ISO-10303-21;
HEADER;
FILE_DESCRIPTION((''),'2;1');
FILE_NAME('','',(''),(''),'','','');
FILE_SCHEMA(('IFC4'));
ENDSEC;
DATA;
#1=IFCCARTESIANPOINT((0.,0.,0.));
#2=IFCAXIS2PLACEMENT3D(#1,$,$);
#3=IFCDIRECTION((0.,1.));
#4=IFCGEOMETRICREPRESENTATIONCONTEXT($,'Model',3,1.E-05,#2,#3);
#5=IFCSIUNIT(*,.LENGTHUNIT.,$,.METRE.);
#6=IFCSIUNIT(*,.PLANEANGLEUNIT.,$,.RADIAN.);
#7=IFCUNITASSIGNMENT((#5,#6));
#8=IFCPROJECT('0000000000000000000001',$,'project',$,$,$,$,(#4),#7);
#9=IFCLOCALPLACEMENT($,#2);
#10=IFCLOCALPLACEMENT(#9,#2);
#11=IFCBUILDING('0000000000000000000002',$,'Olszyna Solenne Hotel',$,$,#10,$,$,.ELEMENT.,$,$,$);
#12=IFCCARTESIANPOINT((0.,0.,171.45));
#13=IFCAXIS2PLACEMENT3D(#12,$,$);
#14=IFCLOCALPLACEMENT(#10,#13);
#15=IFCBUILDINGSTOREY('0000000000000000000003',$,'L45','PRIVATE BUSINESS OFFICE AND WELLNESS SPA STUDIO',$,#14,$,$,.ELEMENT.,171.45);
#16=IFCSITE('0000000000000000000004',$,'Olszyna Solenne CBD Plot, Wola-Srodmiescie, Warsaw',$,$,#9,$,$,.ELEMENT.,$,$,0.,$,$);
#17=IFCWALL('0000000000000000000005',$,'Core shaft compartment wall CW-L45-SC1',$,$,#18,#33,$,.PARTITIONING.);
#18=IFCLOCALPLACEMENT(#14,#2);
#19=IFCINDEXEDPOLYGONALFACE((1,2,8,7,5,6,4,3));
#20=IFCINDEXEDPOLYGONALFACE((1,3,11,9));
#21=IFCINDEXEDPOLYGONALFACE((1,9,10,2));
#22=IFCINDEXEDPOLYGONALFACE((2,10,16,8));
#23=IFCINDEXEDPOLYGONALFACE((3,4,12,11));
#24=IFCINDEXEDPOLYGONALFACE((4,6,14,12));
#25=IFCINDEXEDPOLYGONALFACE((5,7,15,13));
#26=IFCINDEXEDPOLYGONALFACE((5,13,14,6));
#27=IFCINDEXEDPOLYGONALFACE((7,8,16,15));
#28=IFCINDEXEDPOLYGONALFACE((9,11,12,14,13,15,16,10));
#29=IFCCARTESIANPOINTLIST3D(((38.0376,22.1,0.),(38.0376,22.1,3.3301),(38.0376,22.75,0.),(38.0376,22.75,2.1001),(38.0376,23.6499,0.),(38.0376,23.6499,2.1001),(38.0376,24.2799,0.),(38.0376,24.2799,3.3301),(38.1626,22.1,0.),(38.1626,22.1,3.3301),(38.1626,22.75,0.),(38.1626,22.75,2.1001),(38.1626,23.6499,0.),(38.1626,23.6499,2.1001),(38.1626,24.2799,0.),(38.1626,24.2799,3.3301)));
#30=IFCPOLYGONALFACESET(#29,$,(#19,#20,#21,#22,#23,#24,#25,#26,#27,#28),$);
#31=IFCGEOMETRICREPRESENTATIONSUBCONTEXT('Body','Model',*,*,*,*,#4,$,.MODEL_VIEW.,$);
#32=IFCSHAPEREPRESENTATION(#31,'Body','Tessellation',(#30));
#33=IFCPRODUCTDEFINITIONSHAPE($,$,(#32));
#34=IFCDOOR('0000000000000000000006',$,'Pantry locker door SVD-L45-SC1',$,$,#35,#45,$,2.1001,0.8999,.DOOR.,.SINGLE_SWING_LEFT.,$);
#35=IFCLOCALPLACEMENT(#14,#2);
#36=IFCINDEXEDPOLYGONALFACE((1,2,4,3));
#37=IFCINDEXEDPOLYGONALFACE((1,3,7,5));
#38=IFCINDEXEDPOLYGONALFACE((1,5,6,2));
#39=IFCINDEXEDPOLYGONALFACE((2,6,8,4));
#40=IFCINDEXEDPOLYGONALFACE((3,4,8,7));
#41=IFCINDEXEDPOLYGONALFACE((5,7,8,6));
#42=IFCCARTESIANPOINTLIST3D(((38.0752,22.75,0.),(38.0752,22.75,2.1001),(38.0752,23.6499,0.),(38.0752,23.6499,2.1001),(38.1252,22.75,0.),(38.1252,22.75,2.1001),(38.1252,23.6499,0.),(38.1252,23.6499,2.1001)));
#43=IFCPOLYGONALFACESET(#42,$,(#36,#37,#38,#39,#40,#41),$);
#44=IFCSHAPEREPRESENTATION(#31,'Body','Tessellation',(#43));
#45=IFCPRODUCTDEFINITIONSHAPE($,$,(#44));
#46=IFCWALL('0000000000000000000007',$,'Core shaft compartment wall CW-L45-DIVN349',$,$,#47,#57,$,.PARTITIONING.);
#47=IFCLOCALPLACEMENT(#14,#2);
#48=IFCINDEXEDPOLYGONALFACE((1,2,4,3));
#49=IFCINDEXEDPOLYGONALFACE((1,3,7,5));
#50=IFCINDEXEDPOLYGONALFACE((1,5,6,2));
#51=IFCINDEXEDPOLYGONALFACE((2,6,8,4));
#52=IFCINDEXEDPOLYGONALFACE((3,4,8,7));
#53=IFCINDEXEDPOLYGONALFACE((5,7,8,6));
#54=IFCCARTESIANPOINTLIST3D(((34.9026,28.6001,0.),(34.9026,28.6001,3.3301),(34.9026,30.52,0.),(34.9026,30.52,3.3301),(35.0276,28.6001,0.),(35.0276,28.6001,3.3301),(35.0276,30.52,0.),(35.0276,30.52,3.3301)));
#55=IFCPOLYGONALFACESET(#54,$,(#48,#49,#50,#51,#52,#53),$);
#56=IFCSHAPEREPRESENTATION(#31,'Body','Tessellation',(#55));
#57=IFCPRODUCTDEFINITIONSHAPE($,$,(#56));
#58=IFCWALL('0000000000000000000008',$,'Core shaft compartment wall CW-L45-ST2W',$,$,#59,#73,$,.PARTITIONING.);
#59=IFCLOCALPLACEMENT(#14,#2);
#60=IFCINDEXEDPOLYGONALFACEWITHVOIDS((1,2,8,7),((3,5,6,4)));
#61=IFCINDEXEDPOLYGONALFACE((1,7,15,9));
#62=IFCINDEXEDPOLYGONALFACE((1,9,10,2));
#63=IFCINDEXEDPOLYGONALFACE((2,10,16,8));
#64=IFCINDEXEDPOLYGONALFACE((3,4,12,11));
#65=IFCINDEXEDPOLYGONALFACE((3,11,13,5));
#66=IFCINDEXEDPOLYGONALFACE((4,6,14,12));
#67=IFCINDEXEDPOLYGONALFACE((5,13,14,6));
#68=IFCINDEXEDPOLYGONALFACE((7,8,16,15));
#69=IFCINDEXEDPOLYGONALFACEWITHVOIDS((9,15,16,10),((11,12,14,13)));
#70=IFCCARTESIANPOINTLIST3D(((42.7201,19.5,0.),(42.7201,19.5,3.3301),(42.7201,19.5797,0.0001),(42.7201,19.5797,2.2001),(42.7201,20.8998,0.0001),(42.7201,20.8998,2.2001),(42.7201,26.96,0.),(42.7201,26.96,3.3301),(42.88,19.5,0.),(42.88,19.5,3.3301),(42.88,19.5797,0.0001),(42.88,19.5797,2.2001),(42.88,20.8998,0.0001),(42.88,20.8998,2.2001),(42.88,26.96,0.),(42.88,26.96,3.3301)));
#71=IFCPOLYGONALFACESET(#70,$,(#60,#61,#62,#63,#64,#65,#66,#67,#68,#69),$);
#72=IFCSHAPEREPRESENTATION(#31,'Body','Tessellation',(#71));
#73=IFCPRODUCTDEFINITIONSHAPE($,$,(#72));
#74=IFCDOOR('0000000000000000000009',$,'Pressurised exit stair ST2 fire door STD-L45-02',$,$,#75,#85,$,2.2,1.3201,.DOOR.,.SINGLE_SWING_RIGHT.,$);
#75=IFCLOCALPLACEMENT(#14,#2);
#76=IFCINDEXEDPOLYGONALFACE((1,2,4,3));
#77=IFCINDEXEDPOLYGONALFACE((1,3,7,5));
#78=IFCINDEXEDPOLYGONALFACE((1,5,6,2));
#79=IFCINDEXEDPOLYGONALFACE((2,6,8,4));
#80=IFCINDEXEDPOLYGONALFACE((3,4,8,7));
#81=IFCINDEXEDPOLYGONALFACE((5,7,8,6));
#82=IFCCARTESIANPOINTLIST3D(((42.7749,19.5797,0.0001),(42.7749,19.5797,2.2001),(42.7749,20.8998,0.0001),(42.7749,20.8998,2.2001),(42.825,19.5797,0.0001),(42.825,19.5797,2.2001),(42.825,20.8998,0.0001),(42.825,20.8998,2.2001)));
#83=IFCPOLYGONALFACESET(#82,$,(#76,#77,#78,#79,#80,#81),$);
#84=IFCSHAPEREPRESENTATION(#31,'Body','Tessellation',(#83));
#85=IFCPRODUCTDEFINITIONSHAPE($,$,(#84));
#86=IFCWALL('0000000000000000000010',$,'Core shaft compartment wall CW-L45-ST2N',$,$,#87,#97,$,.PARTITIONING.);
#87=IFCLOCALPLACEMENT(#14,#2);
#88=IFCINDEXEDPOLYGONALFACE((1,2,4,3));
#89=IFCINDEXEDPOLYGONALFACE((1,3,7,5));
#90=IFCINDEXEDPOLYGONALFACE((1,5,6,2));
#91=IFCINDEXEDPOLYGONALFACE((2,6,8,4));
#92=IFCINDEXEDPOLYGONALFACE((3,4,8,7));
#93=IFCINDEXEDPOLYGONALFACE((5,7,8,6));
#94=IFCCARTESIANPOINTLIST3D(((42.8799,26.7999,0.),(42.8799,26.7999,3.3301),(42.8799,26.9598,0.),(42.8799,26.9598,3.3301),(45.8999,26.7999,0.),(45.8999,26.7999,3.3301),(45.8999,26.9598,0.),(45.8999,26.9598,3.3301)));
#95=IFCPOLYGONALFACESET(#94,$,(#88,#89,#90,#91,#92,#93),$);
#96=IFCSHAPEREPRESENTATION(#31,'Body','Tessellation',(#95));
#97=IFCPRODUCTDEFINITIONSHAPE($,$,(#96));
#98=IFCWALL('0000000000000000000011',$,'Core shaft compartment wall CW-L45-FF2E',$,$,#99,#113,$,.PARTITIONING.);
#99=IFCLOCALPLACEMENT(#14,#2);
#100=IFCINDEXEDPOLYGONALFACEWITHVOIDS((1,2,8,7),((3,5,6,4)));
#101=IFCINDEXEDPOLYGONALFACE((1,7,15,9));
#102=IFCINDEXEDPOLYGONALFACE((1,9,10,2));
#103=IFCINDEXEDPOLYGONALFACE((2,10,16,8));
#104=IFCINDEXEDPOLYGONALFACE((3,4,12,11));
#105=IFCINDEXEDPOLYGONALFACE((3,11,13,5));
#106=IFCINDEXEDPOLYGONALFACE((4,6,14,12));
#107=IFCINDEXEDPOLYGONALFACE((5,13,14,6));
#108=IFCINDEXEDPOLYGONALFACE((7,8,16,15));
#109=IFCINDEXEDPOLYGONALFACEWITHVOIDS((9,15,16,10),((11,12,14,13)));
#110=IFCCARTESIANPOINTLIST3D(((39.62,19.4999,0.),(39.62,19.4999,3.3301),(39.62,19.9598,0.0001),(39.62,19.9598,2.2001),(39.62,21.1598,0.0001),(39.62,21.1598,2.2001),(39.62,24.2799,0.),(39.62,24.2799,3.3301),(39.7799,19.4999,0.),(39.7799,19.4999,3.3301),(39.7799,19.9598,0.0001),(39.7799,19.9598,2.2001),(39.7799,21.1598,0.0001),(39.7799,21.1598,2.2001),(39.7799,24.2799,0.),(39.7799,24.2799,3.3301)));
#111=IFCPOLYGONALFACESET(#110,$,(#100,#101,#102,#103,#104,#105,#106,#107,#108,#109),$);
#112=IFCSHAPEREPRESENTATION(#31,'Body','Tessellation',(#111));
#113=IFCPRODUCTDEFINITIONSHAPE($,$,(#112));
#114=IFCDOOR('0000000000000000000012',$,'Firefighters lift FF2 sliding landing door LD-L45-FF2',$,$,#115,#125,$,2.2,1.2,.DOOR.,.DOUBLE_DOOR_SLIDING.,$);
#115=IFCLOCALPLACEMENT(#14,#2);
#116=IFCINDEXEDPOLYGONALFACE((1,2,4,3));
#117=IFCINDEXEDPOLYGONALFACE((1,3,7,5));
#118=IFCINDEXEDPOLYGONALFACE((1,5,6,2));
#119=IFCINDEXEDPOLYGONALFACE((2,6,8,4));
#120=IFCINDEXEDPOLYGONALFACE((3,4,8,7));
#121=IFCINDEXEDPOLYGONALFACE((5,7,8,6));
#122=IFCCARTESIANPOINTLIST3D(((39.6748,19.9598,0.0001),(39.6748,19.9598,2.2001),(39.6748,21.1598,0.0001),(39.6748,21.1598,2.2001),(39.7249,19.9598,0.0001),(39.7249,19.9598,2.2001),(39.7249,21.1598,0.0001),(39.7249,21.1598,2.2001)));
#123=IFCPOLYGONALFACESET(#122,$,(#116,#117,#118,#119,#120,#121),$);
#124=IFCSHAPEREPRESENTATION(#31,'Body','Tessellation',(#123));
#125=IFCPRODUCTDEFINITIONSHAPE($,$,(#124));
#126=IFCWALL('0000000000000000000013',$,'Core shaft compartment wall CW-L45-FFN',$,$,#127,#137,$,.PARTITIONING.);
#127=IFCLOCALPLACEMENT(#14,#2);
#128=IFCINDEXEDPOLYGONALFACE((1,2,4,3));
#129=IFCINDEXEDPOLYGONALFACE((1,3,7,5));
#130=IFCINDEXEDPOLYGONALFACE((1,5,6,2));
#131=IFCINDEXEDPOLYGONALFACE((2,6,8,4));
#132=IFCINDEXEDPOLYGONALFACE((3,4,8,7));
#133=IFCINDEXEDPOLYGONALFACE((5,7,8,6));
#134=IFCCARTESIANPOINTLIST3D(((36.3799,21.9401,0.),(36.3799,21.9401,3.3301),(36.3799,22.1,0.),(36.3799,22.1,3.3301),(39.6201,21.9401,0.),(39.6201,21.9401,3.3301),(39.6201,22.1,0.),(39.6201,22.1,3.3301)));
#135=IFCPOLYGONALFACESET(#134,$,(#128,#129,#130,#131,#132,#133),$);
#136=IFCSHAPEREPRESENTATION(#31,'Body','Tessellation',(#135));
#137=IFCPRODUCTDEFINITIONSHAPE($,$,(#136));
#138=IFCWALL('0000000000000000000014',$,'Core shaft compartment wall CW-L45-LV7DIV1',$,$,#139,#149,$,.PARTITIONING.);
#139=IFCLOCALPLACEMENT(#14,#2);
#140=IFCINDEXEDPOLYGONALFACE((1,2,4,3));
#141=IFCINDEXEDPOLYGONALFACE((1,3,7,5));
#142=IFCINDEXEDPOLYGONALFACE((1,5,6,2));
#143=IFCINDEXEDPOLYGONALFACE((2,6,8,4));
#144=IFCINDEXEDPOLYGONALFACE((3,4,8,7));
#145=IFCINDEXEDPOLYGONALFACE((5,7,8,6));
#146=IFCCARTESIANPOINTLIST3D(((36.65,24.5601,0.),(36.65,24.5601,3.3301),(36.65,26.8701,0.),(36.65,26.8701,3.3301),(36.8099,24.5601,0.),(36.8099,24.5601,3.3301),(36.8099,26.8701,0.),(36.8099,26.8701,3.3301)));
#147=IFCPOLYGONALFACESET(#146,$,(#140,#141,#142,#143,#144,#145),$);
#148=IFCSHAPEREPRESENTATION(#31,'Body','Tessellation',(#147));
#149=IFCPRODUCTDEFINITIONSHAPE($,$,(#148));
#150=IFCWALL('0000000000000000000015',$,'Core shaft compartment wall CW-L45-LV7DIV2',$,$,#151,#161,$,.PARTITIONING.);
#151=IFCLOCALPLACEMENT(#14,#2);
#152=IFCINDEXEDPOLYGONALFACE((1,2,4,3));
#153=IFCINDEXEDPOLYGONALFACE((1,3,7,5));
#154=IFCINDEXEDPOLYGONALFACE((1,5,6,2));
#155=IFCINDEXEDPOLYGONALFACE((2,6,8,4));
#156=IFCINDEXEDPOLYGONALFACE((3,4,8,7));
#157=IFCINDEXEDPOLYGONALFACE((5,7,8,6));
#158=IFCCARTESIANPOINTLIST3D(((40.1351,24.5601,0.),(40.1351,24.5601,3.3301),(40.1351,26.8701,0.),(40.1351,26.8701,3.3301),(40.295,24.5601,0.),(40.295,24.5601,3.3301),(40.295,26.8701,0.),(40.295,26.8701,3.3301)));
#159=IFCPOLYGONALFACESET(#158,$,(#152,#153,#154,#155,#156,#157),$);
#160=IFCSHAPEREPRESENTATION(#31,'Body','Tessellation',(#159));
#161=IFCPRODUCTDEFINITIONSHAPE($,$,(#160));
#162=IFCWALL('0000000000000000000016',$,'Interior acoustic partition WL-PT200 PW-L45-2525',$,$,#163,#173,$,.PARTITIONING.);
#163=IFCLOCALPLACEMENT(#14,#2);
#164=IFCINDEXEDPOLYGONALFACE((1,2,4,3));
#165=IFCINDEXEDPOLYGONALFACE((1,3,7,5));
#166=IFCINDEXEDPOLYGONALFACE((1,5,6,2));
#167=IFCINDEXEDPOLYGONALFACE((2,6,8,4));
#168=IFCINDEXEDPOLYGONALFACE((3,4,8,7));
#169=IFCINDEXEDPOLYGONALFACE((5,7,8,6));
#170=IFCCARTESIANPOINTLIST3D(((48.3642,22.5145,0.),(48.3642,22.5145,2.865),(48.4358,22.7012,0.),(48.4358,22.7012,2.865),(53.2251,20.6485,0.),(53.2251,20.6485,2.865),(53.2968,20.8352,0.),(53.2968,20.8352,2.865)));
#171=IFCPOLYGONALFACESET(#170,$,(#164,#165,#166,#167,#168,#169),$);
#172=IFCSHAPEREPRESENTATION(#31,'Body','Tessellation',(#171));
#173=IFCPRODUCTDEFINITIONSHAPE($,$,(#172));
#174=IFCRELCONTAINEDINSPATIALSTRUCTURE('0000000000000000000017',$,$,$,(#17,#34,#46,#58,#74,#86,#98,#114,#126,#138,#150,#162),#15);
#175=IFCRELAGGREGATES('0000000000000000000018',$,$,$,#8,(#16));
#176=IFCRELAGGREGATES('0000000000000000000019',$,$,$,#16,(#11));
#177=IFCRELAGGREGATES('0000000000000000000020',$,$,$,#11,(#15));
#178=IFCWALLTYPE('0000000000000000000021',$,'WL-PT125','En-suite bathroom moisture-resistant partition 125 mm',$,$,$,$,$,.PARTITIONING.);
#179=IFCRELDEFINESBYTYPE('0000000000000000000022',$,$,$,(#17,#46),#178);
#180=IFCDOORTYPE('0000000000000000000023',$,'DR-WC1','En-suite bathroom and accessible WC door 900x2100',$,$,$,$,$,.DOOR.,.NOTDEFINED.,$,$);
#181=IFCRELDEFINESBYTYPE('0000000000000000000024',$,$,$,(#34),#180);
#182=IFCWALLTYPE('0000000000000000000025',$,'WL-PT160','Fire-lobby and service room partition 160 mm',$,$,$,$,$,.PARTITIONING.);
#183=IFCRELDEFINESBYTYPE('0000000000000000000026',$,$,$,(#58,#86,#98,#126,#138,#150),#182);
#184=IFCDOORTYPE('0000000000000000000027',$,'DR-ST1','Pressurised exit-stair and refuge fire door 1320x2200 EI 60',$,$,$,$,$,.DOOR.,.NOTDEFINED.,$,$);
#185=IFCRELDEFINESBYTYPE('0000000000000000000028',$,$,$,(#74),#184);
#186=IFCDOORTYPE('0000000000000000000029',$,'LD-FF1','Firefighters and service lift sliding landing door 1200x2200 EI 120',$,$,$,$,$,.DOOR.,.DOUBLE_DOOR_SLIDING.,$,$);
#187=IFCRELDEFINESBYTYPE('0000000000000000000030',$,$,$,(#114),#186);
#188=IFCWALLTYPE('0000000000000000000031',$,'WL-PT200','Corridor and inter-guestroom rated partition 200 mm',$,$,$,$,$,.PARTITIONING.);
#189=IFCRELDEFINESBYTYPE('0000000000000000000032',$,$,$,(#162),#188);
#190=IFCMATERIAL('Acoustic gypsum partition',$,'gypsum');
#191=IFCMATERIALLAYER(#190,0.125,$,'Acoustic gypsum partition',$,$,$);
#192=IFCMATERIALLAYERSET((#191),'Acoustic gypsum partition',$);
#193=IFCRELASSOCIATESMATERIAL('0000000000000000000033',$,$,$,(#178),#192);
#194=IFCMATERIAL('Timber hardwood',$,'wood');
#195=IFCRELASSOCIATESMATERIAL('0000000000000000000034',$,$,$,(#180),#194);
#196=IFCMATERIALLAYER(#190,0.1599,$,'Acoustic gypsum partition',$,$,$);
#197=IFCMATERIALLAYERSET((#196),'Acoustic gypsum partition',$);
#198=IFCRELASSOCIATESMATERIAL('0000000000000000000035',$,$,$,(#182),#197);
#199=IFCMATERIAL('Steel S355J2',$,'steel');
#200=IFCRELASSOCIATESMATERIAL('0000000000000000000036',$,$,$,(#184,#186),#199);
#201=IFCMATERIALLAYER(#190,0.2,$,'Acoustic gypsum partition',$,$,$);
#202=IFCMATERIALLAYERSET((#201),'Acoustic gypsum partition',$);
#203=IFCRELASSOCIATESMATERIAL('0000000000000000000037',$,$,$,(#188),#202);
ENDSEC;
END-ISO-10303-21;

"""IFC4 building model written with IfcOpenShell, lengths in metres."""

from ifc_helpers import new_model, si_unit, direction, frame, frame_2d, origin, place, context, subcontext, project, spatial, rectangle, extrude, source, transform, mapped, material, layer, layer_set, type_object, type_shapes, element, fill, save


model = new_model("IFC4")

# Units and contexts
model_context = context("Model", 3, precision=1e-05, world=origin(), true_north=direction((0.0, 1.0)))
body_context = subcontext(model_context, "Body", "Model", "MODEL_VIEW")
ifc_project = project(units=[si_unit("LENGTHUNIT", "METRE"), si_unit("PLANEANGLEUNIT", "RADIAN")], contexts=[model_context])

# Site, building, storey
site_placement = place(None, origin())
site = spatial("IfcSite", under=ifc_project, at=site_placement, Name="Olszyna Solenne CBD Plot, Wola-Srodmiescie, Warsaw", CompositionType="ELEMENT", RefElevation=0.0)
building_placement = place(site_placement, origin())
building = spatial("IfcBuilding", under=site, at=building_placement, Name="Olszyna Solenne Hotel", CompositionType="ELEMENT")
storey_placement = place(building_placement, frame((0.0, 0.0, 171.45)))
storey = spatial("IfcBuildingStorey", under=building, at=storey_placement, Name="L45", Description="PRIVATE BUSINESS OFFICE AND WELLNESS SPA STUDIO", CompositionType="ELEMENT", Elevation=171.45)

# Shared definitions
ifc_material_1 = material(Name="Steel S355J2", Category="steel")

# Wall, opening, door
ifc_material_2 = material(Name="Acoustic gypsum partition", Category="gypsum")
ifc_layer_1 = layer(ifc_material_2, 0.125, Name="Acoustic gypsum partition")
ifc_layer_set_1 = layer_set([ifc_layer_1], Name="Acoustic gypsum partition")
wall_type_1 = type_object("IfcWallType", Name="WL-PT125", Description="En-suite bathroom moisture-resistant partition 125 mm", PredefinedType="PARTITIONING", material=ifc_layer_set_1)
wall_1_placement = place(storey_placement, frame((38.1001, 22.1001, 0.0), z_axis=(0.0, 0.0, 1.0), x_axis=(0.0, 1.0, 0.0)))
wall_1 = element("IfcWall", 1, at=wall_1_placement, inside=storey, type_object=wall_type_1, Name="Core shaft compartment wall CW-L45-SC1", PredefinedType="PARTITIONING", context=body_context, shape_type="SweptSolid", body=[
    extrude(rectangle(XDim=2.1799, YDim=0.125, at=frame_2d((1.0898, 0.0))), origin(), (0.0, 0.0, 1.0), 3.3301),
])
opening_1_placement = place(wall_1_placement, frame((0.6499, 0.0, 0.0)))
opening_1 = element("IfcOpeningElement", 2, at=opening_1_placement, cuts=wall_1, PredefinedType="OPENING", context=body_context, shape_type="SweptSolid", body=[
    extrude(rectangle(XDim=0.8999, YDim=2.1001, at=frame_2d((0.45, 1.05))), frame((0.0, 0.0725, 0.0), z_axis=(0.0, -1.0, 0.0), x_axis=(1.0, 0.0, 0.0)), (0.0, 0.0, 1.0), 0.145),
])
ifc_material_3 = material(Name="Timber hardwood", Category="wood")
door_type_1 = type_object("IfcDoorType", Name="DR-WC1", Description="En-suite bathroom and accessible WC door 900x2100", OperationType="NOTDEFINED", PredefinedType="DOOR", material=ifc_material_3)
shared_shape_1 = source(origin(), body_context, "Body", "SweptSolid", [
    extrude(rectangle(XDim=0.8999, YDim=2.1001, at=frame_2d((0.45, 1.05))), frame((0.0, 0.0249, 0.0), z_axis=(0.0, -1.0, 0.0), x_axis=(1.0, 0.0, 0.0)), (0.0, 0.0, 1.0), 0.05),
])
type_shapes(door_type_1, [shared_shape_1])
door_1_placement = place(opening_1_placement, origin())
door_1 = element("IfcDoor", 3, at=door_1_placement, inside=storey, type_object=door_type_1, Name="Pantry locker door SVD-L45-SC1", OperationType="SINGLE_SWING_LEFT", OverallHeight=2.1001, OverallWidth=0.8999, PredefinedType="DOOR", context=body_context, shape_type="MappedRepresentation", body=[
    mapped(shared_shape_1, transform((0.0, 0.0, 0.0), x_axis=(1.0, 0.0, 0.0), y_axis=(0.0, 1.0, 0.0), z_axis=(0.0, 0.0, 1.0), scale=1.0)),
])
fill(opening_1, door_1)

# Wall
wall_2_placement = place(storey_placement, frame((34.9651, 28.6001, 0.0), z_axis=(0.0, 0.0, 1.0), x_axis=(0.0, 1.0, 0.0)))
element("IfcWall", 4, at=wall_2_placement, inside=storey, type_object=wall_type_1, Name="Core shaft compartment wall CW-L45-DIVN349", PredefinedType="PARTITIONING", context=body_context, shape_type="SweptSolid", body=[
    extrude(rectangle(XDim=1.9199, YDim=0.125, at=frame_2d((0.96, 0.0))), origin(), (0.0, 0.0, 1.0), 3.3301),
])

# Wall, opening, door
ifc_layer_2 = layer(ifc_material_2, 0.1599, Name="Acoustic gypsum partition")
ifc_layer_set_2 = layer_set([ifc_layer_2], Name="Acoustic gypsum partition")
wall_type_2 = type_object("IfcWallType", Name="WL-PT160", Description="Fire-lobby and service room partition 160 mm", PredefinedType="PARTITIONING", material=ifc_layer_set_2)
wall_3_placement = place(storey_placement, frame((42.8, 26.96, 0.0), z_axis=(0.0, 0.0, 1.0), x_axis=(0.0, -1.0, 0.0)))
wall_3 = element("IfcWall", 5, at=wall_3_placement, inside=storey, type_object=wall_type_2, Name="Core shaft compartment wall CW-L45-ST2W", PredefinedType="PARTITIONING", context=body_context, shape_type="SweptSolid", body=[
    extrude(rectangle(XDim=7.46, YDim=0.1599, at=frame_2d((3.73, 0.0))), origin(), (0.0, 0.0, 1.0), 3.3301),
])
opening_2_placement = place(wall_3_placement, frame((6.0601, 0.0, 0.0)))
opening_2 = element("IfcOpeningElement", 6, at=opening_2_placement, cuts=wall_3, PredefinedType="OPENING", context=body_context, shape_type="SweptSolid", body=[
    extrude(rectangle(XDim=1.3201, YDim=2.2, at=frame_2d((0.6602, 1.1001))), frame((0.0, 0.0898, 0.0), z_axis=(0.0, -1.0, 0.0), x_axis=(1.0, 0.0, 0.0)), (0.0, 0.0, 1.0), 0.1799),
])
door_type_2 = type_object("IfcDoorType", Name="DR-ST1", Description="Pressurised exit-stair and refuge fire door 1320x2200 EI 60", OperationType="NOTDEFINED", PredefinedType="DOOR", material=ifc_material_1)
shared_shape_2 = source(origin(), body_context, "Body", "SweptSolid", [
    extrude(rectangle(XDim=1.3201, YDim=2.2, at=frame_2d((0.6602, 1.1001))), frame((0.0, 0.0249, 0.0), z_axis=(0.0, -1.0, 0.0), x_axis=(1.0, 0.0, 0.0)), (0.0, 0.0, 1.0), 0.05),
])
type_shapes(door_type_2, [shared_shape_2])
door_2_placement = place(opening_2_placement, origin())
door_2 = element("IfcDoor", 7, at=door_2_placement, inside=storey, type_object=door_type_2, Name="Pressurised exit stair ST2 fire door STD-L45-02", OperationType="SINGLE_SWING_RIGHT", OverallHeight=2.2, OverallWidth=1.3201, PredefinedType="DOOR", context=body_context, shape_type="MappedRepresentation", body=[
    mapped(shared_shape_2, transform((0.0, 0.0, 0.0), x_axis=(1.0, 0.0, 0.0), y_axis=(0.0, 1.0, 0.0), z_axis=(0.0, 0.0, 1.0), scale=1.0)),
])
fill(opening_2, door_2)

# Wall
wall_4_placement = place(storey_placement, frame((42.8799, 26.8799, 0.0), z_axis=(0.0, 0.0, 1.0), x_axis=(1.0, 0.0, 0.0)))
element("IfcWall", 8, at=wall_4_placement, inside=storey, type_object=wall_type_2, Name="Core shaft compartment wall CW-L45-ST2N", PredefinedType="PARTITIONING", context=body_context, shape_type="SweptSolid", body=[
    extrude(rectangle(XDim=3.02, YDim=0.1599, at=frame_2d((1.51, 0.0))), origin(), (0.0, 0.0, 1.0), 3.3301),
])

# Wall, opening, door
wall_5_placement = place(storey_placement, frame((39.7, 24.28, 0.0), z_axis=(0.0, 0.0, 1.0), x_axis=(0.0, -1.0, 0.0)))
wall_5 = element("IfcWall", 9, at=wall_5_placement, inside=storey, type_object=wall_type_2, Name="Core shaft compartment wall CW-L45-FF2E", PredefinedType="PARTITIONING", context=body_context, shape_type="SweptSolid", body=[
    extrude(rectangle(XDim=4.78, YDim=0.1599, at=frame_2d((2.3901, 0.0))), origin(), (0.0, 0.0, 1.0), 3.3301),
])
opening_3_placement = place(wall_5_placement, frame((3.1201, 0.0, 0.0)))
opening_3 = element("IfcOpeningElement", 10, at=opening_3_placement, cuts=wall_5, PredefinedType="OPENING", context=body_context, shape_type="SweptSolid", body=[
    extrude(rectangle(XDim=1.2, YDim=2.2, at=frame_2d((0.6001, 1.1001))), frame((0.0, 0.0898, 0.0), z_axis=(0.0, -1.0, 0.0), x_axis=(1.0, 0.0, 0.0)), (0.0, 0.0, 1.0), 0.1799),
])
door_type_3 = type_object("IfcDoorType", Name="LD-FF1", Description="Firefighters and service lift sliding landing door 1200x2200 EI 120", OperationType="DOUBLE_DOOR_SLIDING", PredefinedType="DOOR", material=ifc_material_1)
shared_shape_3 = source(origin(), body_context, "Body", "SweptSolid", [
    extrude(rectangle(XDim=1.2, YDim=2.2, at=frame_2d((0.6001, 1.1001))), frame((0.0, 0.0249, 0.0), z_axis=(0.0, -1.0, 0.0), x_axis=(1.0, 0.0, 0.0)), (0.0, 0.0, 1.0), 0.05),
])
type_shapes(door_type_3, [shared_shape_3])
door_3_placement = place(opening_3_placement, origin())
door_3 = element("IfcDoor", 11, at=door_3_placement, inside=storey, type_object=door_type_3, Name="Firefighters lift FF2 sliding landing door LD-L45-FF2", OperationType="DOUBLE_DOOR_SLIDING", OverallHeight=2.2, OverallWidth=1.2, PredefinedType="DOOR", context=body_context, shape_type="MappedRepresentation", body=[
    mapped(shared_shape_3, transform((0.0, 0.0, 0.0), x_axis=(1.0, 0.0, 0.0), y_axis=(0.0, 1.0, 0.0), z_axis=(0.0, 0.0, 1.0), scale=1.0)),
])
fill(opening_3, door_3)

# Walls
wall_6_placement = place(storey_placement, frame((36.3799, 22.02, 0.0), z_axis=(0.0, 0.0, 1.0), x_axis=(1.0, 0.0, 0.0)))
element("IfcWall", 12, at=wall_6_placement, inside=storey, type_object=wall_type_2, Name="Core shaft compartment wall CW-L45-FFN", PredefinedType="PARTITIONING", context=body_context, shape_type="SweptSolid", body=[
    extrude(rectangle(XDim=3.2402, YDim=0.1599, at=frame_2d((1.6201, 0.0))), origin(), (0.0, 0.0, 1.0), 3.3301),
])
for number, where, z_axis, x_axis, name in (
    (13, (36.73, 24.5601, 0.0), (0.0, 0.0, 1.0), (0.0, 1.0, 0.0), "Core shaft compartment wall CW-L45-LV7DIV1"),
    (14, (40.2151, 24.5601, 0.0), (0.0, 0.0, 1.0), (0.0, 1.0, 0.0), "Core shaft compartment wall CW-L45-LV7DIV2"),
):
    element("IfcWall", number, at=place(storey_placement, frame(where, z_axis=z_axis, x_axis=x_axis)), inside=storey, type_object=wall_type_2, Name=name, PredefinedType="PARTITIONING", context=body_context, shape_type="SweptSolid", body=[
        extrude(rectangle(XDim=2.3101, YDim=0.1599, at=frame_2d((1.155, 0.0))), origin(), (0.0, 0.0, 1.0), 3.3301),
    ])
ifc_layer_3 = layer(ifc_material_2, 0.2, Name="Acoustic gypsum partition")
ifc_layer_set_3 = layer_set([ifc_layer_3], Name="Acoustic gypsum partition")
wall_type_3 = type_object("IfcWallType", Name="WL-PT200", Description="Corridor and inter-guestroom rated partition 200 mm", PredefinedType="PARTITIONING", material=ifc_layer_set_3)
wall_7_placement = place(storey_placement, frame((48.3999, 22.6079, 0.0), z_axis=(0.0, 0.0, 1.0), x_axis=(0.933576, -0.358379, 0.0)))
element("IfcWall", 15, at=wall_7_placement, inside=storey, type_object=wall_type_3, Name="Interior acoustic partition WL-PT200 PW-L45-2525", PredefinedType="PARTITIONING", context=body_context, shape_type="SweptSolid", body=[
    extrude(rectangle(XDim=5.2068, YDim=0.2, at=frame_2d((2.6035, 0.0))), origin(), (0.0, 0.0, 1.0), 2.865),
])

save(model, "model.ifc")
